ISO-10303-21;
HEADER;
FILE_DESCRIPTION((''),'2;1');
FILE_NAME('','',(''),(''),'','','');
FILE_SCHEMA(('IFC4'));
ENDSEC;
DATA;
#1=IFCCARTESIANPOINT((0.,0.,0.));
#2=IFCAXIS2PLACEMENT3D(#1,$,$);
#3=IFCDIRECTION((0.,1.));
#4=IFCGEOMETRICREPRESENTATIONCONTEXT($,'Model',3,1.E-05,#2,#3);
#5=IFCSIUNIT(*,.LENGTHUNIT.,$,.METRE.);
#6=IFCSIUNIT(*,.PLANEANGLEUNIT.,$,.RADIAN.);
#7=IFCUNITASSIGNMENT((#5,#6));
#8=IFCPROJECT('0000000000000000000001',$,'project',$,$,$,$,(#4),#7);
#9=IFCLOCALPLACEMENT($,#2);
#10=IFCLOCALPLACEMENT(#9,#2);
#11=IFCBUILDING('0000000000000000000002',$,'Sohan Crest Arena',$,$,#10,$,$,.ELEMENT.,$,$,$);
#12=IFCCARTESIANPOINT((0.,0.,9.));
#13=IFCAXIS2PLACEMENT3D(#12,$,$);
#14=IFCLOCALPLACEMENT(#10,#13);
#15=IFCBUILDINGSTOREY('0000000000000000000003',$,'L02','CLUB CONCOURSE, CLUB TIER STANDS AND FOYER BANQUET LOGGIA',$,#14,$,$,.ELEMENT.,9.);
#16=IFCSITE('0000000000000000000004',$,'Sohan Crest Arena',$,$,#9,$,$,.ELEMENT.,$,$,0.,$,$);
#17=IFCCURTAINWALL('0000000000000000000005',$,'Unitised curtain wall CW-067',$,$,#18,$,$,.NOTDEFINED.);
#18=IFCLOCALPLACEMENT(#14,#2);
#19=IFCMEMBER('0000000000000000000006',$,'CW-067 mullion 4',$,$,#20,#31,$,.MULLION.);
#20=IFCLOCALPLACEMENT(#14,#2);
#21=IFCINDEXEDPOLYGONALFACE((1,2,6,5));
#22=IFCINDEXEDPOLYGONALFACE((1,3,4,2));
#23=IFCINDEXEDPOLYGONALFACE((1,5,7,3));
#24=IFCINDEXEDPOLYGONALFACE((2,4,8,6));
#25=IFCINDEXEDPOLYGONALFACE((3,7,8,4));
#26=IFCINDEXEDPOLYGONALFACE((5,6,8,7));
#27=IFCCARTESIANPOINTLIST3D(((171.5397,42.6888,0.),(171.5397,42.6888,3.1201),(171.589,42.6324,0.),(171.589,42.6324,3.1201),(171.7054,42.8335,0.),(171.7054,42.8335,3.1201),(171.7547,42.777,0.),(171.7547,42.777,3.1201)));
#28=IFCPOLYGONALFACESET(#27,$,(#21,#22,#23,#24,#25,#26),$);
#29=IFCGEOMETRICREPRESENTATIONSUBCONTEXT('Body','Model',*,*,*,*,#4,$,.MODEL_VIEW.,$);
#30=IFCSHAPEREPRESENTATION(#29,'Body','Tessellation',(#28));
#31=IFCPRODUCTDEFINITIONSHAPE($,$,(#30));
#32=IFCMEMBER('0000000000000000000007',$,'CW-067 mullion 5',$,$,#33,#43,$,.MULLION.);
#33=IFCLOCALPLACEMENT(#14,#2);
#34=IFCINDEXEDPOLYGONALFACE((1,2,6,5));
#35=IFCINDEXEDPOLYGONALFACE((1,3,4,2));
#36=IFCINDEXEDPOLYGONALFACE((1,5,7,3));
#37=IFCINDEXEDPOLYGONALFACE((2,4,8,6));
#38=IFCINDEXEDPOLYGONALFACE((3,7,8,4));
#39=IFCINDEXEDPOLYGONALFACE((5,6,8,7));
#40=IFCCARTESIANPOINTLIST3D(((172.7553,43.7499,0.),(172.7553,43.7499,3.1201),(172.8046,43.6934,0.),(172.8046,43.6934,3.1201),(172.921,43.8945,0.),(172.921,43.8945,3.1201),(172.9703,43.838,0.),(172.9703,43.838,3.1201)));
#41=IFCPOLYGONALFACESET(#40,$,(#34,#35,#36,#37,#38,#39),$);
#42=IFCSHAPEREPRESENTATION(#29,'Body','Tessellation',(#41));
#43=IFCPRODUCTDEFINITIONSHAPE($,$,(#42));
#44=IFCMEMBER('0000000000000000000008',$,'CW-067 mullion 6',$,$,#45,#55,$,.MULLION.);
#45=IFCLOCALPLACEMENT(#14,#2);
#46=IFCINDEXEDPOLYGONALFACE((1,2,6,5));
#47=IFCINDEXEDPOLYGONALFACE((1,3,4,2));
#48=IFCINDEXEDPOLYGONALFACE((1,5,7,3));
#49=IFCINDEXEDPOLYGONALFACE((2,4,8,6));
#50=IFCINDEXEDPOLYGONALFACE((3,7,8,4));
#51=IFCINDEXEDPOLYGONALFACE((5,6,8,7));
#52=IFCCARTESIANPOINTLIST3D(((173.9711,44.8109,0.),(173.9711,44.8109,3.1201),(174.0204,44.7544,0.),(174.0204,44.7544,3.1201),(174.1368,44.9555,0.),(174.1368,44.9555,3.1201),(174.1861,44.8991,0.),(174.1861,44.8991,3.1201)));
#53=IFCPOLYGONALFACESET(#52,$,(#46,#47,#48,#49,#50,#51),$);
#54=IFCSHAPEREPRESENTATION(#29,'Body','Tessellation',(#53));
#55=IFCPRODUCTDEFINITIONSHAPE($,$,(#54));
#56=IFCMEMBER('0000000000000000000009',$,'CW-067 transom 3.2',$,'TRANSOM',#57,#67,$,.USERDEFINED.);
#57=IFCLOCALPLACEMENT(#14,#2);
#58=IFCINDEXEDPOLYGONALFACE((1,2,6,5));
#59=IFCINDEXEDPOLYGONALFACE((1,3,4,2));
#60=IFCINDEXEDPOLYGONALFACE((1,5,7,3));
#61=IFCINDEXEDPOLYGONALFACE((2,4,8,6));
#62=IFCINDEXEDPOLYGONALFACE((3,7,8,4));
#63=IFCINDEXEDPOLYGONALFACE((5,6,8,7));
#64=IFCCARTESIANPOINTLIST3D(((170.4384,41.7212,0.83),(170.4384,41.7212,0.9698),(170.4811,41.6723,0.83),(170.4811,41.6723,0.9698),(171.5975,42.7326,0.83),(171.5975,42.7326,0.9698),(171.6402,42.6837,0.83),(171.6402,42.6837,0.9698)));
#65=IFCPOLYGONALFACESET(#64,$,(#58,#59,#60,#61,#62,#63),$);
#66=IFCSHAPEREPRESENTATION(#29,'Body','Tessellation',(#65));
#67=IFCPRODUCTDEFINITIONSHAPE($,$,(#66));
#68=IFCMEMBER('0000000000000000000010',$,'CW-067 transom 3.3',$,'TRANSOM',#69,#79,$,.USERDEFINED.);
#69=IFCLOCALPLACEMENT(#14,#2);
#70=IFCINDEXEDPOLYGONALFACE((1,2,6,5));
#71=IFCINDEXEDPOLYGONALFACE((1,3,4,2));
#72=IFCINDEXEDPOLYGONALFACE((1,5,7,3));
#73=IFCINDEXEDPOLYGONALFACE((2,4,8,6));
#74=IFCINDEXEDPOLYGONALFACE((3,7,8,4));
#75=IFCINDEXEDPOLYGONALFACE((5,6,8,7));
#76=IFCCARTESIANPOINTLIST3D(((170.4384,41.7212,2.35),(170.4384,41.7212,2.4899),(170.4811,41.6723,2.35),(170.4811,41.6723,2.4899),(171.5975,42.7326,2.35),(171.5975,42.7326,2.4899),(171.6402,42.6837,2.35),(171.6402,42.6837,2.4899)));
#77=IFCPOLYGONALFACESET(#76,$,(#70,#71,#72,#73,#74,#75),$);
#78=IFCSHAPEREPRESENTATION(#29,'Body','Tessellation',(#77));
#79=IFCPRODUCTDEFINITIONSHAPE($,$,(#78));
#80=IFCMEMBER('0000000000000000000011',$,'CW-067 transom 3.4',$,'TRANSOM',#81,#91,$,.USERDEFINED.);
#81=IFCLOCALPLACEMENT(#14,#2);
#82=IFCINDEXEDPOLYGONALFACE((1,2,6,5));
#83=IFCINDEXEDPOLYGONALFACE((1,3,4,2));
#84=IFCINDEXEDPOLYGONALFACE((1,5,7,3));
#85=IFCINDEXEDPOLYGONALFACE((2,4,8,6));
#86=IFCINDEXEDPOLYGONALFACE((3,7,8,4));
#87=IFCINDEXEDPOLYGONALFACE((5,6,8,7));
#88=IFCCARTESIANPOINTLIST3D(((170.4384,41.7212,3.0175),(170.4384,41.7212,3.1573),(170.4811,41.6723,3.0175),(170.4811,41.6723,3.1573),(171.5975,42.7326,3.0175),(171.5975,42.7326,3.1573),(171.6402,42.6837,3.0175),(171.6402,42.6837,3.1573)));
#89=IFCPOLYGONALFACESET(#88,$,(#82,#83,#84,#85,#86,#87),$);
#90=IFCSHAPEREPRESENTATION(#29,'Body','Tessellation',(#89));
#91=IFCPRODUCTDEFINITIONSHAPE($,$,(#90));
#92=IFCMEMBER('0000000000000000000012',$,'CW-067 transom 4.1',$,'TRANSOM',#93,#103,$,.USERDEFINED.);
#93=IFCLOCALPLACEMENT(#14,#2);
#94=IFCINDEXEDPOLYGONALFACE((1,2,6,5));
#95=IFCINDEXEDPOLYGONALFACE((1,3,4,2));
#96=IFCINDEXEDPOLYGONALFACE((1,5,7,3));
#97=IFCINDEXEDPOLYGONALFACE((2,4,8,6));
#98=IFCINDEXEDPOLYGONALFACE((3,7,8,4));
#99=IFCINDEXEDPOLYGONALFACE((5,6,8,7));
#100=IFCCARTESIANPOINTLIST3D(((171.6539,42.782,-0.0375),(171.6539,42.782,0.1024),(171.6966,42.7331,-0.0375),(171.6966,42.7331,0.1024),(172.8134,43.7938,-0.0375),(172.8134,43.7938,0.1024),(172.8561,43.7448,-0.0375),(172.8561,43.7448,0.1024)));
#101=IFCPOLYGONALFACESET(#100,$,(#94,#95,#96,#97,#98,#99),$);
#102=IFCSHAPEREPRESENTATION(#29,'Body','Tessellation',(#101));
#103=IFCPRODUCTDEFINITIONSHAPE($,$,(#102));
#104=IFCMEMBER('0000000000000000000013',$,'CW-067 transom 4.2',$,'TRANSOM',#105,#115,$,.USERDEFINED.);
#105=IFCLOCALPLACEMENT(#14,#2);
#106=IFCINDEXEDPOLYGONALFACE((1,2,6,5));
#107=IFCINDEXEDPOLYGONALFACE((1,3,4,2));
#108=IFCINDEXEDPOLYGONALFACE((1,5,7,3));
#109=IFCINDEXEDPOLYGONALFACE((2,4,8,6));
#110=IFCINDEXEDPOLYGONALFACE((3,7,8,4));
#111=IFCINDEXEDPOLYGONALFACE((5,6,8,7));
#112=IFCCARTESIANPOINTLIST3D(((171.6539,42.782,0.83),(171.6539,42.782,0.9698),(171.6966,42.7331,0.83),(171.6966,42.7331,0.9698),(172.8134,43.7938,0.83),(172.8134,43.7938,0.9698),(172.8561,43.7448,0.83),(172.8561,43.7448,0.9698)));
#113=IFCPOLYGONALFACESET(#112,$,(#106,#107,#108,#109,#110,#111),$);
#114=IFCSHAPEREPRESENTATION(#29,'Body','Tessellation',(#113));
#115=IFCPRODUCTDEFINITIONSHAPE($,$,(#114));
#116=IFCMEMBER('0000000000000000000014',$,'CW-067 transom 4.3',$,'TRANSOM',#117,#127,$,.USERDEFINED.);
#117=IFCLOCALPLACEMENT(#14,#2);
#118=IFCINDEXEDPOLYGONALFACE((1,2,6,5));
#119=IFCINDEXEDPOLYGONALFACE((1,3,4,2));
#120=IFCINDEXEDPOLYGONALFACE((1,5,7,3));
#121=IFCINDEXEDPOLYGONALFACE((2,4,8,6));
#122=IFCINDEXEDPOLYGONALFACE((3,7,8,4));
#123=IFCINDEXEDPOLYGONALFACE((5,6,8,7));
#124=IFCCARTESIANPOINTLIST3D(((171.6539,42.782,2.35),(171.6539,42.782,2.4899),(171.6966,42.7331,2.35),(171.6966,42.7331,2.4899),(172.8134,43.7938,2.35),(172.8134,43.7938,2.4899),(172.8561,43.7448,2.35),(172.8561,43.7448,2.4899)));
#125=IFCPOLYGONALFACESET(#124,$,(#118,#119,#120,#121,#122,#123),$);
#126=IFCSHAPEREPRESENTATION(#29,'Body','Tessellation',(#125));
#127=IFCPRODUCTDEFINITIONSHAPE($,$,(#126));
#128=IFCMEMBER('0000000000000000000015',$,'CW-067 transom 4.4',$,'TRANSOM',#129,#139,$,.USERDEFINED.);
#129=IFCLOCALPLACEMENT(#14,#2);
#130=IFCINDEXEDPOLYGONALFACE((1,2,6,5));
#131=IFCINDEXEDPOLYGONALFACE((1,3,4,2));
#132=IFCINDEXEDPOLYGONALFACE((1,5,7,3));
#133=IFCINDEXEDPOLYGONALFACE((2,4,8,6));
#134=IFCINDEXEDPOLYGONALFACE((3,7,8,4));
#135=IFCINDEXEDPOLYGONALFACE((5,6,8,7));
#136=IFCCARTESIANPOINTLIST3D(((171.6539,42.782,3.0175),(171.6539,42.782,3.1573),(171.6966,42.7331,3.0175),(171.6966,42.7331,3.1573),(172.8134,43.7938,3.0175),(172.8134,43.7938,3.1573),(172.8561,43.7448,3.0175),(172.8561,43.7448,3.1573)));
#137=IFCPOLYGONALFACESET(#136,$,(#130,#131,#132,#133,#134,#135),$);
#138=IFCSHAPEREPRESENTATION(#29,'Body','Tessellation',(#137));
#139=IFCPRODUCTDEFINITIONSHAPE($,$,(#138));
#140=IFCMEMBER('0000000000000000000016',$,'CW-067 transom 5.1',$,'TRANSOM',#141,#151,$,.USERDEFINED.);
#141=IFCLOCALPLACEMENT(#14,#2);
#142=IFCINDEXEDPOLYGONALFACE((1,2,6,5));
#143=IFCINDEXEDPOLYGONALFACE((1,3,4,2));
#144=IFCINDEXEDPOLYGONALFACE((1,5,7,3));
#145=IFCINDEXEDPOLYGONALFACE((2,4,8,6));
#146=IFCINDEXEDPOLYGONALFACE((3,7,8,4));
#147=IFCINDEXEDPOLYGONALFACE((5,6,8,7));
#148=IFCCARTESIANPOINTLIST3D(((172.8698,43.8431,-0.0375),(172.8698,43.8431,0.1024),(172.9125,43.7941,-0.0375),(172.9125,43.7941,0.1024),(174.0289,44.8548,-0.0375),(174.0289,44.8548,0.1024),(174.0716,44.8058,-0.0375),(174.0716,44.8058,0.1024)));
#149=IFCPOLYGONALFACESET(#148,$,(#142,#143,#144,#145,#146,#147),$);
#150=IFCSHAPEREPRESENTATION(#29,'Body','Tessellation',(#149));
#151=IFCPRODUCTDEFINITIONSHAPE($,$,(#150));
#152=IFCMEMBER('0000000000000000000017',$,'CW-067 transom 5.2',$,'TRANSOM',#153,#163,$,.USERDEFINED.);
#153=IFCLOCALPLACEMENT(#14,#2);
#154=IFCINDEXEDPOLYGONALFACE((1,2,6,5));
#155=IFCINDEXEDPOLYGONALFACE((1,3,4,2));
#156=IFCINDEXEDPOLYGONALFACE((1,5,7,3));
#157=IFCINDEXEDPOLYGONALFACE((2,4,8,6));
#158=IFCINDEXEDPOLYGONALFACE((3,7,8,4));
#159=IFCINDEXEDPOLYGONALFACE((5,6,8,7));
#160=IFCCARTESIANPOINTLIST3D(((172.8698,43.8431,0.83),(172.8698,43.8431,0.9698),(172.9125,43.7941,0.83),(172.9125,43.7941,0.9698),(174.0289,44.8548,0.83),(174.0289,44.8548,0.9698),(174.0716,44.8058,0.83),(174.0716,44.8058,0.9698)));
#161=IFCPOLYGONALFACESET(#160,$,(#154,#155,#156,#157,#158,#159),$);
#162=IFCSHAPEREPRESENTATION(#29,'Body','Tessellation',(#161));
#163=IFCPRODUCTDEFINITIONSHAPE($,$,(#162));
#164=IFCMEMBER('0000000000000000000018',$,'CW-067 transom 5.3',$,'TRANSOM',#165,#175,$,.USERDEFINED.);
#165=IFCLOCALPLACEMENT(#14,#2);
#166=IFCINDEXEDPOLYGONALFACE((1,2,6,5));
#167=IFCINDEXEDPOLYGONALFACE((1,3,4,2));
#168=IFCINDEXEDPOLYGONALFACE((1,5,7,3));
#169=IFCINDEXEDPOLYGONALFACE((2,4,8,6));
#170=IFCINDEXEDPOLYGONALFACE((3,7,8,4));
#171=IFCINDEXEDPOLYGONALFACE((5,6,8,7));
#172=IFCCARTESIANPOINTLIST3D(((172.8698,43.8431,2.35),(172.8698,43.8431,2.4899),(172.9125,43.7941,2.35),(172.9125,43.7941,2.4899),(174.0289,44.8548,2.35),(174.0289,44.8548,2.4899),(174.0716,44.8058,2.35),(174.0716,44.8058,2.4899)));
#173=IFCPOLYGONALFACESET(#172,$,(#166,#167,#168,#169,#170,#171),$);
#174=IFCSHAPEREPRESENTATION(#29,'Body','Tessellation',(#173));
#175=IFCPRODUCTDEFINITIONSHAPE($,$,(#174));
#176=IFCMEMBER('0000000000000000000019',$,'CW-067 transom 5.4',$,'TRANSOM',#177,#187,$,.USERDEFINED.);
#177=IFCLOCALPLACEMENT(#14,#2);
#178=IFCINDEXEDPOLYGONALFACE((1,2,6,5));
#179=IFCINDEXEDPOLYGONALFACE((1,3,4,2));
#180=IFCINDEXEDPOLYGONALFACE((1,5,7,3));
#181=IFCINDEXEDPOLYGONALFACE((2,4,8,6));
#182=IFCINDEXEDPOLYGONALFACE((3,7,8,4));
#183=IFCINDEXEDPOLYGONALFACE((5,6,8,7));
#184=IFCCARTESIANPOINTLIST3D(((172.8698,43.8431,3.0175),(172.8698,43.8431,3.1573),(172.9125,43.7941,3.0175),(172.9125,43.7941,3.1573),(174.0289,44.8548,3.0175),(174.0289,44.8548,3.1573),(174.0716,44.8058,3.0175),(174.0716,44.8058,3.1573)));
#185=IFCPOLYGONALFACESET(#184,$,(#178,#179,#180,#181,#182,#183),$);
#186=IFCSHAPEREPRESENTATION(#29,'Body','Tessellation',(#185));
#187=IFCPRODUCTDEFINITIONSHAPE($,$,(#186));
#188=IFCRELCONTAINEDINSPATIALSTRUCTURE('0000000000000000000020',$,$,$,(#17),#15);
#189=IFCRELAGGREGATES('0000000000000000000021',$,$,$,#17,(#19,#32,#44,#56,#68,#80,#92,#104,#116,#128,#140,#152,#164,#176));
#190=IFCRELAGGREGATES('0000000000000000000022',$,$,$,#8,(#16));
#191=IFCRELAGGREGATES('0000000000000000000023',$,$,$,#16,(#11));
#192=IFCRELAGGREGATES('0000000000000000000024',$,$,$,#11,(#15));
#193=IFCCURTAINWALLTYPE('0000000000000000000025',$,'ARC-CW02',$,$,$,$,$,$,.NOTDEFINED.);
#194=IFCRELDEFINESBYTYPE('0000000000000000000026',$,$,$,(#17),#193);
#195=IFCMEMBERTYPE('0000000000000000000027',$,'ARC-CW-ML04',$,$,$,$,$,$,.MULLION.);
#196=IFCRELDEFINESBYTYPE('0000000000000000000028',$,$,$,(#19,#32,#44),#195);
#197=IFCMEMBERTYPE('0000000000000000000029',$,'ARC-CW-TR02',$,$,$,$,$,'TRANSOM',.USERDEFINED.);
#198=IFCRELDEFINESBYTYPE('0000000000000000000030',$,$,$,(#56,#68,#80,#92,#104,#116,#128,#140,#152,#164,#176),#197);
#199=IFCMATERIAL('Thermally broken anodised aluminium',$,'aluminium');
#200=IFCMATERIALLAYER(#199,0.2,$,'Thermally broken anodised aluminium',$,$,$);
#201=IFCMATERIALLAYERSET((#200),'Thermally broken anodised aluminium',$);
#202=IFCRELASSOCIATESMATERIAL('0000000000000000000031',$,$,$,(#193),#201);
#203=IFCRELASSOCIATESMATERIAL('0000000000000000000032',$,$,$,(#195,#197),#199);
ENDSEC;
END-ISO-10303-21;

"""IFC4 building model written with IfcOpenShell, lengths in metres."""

from ifc_helpers import new_model, si_unit, direction, frame, origin, origin_2d, place, context, subcontext, project, spatial, rectangle, extrude, material, layer, layer_set, material_profile, profile_set, type_object, element, aggregate, save


model = new_model("IFC4")

# Units and contexts
model_context = context("Model", 3, precision=1e-05, world=origin(), true_north=direction((0.0, 1.0)))
body_context = subcontext(model_context, "Body", "Model", "MODEL_VIEW")
ifc_project = project(units=[si_unit("LENGTHUNIT", "METRE"), si_unit("PLANEANGLEUNIT", "RADIAN")], contexts=[model_context])

# Site, building, storey
site_placement = place(None, origin())
site = spatial("IfcSite", under=ifc_project, at=site_placement, Name="Sohan Crest Arena", CompositionType="ELEMENT", RefElevation=0.0)
building_placement = place(site_placement, origin())
building = spatial("IfcBuilding", under=site, at=building_placement, Name="Sohan Crest Arena", CompositionType="ELEMENT")
storey_placement = place(building_placement, frame((0.0, 0.0, 9.0)))
storey = spatial("IfcBuildingStorey", under=building, at=storey_placement, Name="L02", Description="CLUB CONCOURSE, CLUB TIER STANDS AND FOYER BANQUET LOGGIA", CompositionType="ELEMENT", Elevation=9.0)

# Curtain wall, members
ifc_material_1 = material(Name="Thermally broken anodised aluminium", Category="aluminium")
ifc_layer_1 = layer(ifc_material_1, 0.2, Name="Thermally broken anodised aluminium")
ifc_layer_set_1 = layer_set([ifc_layer_1], Name="Thermally broken anodised aluminium")
curtain_wall_type = type_object("IfcCurtainWallType", Name="ARC-CW02", PredefinedType="NOTDEFINED", material=ifc_layer_set_1)
curtain_wall_placement = place(storey_placement, origin())
curtain_wall = element("IfcCurtainWall", 1, at=curtain_wall_placement, inside=storey, type_object=curtain_wall_type, Name="Unitised curtain wall CW-067", PredefinedType="NOTDEFINED")
ifc_material_profile_1 = material_profile(ifc_material_1, rectangle(XDim=0.075, YDim=0.22, at=origin_2d()), Name="ALU-MULL 75x220")
ifc_profile_set_1 = profile_set([ifc_material_profile_1], Name="Thermally broken anodised aluminium")
member_type_1 = type_object("IfcMemberType", Name="ARC-CW-ML04", PredefinedType="MULLION", material=ifc_profile_set_1)
member_1_placement = place(storey_placement, frame((171.6472, 42.7329, 0.0), z_axis=(0.0, 0.0, 1.0), x_axis=(-0.657539, 0.753421, 0.0)))
member_1 = element("IfcMember", 2, at=member_1_placement, type_object=member_type_1, Name="CW-067 mullion 4", PredefinedType="MULLION", context=body_context, shape_type="SweptSolid", body=[
    extrude(rectangle(XDim=0.075, YDim=0.22, at=origin_2d()), origin(), (0.0, 0.0, 1.0), 3.1201),
])
member_2_placement = place(storey_placement, frame((172.8628, 43.7939, 0.0), z_axis=(0.0, 0.0, 1.0), x_axis=(-0.657539, 0.753421, 0.0)))
member_2 = element("IfcMember", 3, at=member_2_placement, type_object=member_type_1, Name="CW-067 mullion 5", PredefinedType="MULLION", context=body_context, shape_type="SweptSolid", body=[
    extrude(rectangle(XDim=0.075, YDim=0.22, at=origin_2d()), origin(), (0.0, 0.0, 1.0), 3.1201),
])
member_3_placement = place(storey_placement, frame((174.0786, 44.855, 0.0), z_axis=(0.0, 0.0, 1.0), x_axis=(-0.657539, 0.753421, 0.0)))
member_3 = element("IfcMember", 4, at=member_3_placement, type_object=member_type_1, Name="CW-067 mullion 6", PredefinedType="MULLION", context=body_context, shape_type="SweptSolid", body=[
    extrude(rectangle(XDim=0.075, YDim=0.22, at=origin_2d()), origin(), (0.0, 0.0, 1.0), 3.1201),
])
ifc_material_profile_2 = material_profile(ifc_material_1, rectangle(XDim=0.0649, YDim=0.1399, at=origin_2d()), Name="ALU-TRAN 65x140")
ifc_profile_set_2 = profile_set([ifc_material_profile_2], Name="Thermally broken anodised aluminium")
member_type_2 = type_object("IfcMemberType", Name="ARC-CW-TR02", ElementType="TRANSOM", PredefinedType="USERDEFINED", material=ifc_profile_set_2)
member_4_placement = place(storey_placement, frame((170.4597, 41.6968, 0.8999), z_axis=(0.75348, 0.65747, 0.0), x_axis=(-0.65747, 0.75348, 0.0)))
member_4 = element("IfcMember", 5, at=member_4_placement, type_object=member_type_2, Name="CW-067 transom 3.2", ObjectType="TRANSOM", PredefinedType="USERDEFINED", context=body_context, shape_type="SweptSolid", body=[
    extrude(rectangle(XDim=0.0649, YDim=0.1399, at=origin_2d()), origin(), (0.0, 0.0, 1.0), 1.5383),
])
member_5_placement = place(storey_placement, frame((170.4597, 41.6968, 2.4199), z_axis=(0.75348, 0.65747, 0.0), x_axis=(-0.65747, 0.75348, 0.0)))
member_5 = element("IfcMember", 6, at=member_5_placement, type_object=member_type_2, Name="CW-067 transom 3.3", ObjectType="TRANSOM", PredefinedType="USERDEFINED", context=body_context, shape_type="SweptSolid", body=[
    extrude(rectangle(XDim=0.0649, YDim=0.1399, at=origin_2d()), origin(), (0.0, 0.0, 1.0), 1.5383),
])
member_6_placement = place(storey_placement, frame((170.4597, 41.6968, 3.0874), z_axis=(0.75348, 0.65747, 0.0), x_axis=(-0.65747, 0.75348, 0.0)))
member_6 = element("IfcMember", 7, at=member_6_placement, type_object=member_type_2, Name="CW-067 transom 3.4", ObjectType="TRANSOM", PredefinedType="USERDEFINED", context=body_context, shape_type="SweptSolid", body=[
    extrude(rectangle(XDim=0.0649, YDim=0.1399, at=origin_2d()), origin(), (0.0, 0.0, 1.0), 1.5383),
])
member_7_placement = place(storey_placement, frame((171.6753, 42.7576, 0.0325), z_axis=(0.75347, 0.657482, 0.0), x_axis=(-0.657482, 0.75347, 0.0)))
member_7 = element("IfcMember", 8, at=member_7_placement, type_object=member_type_2, Name="CW-067 transom 4.1", ObjectType="TRANSOM", PredefinedType="USERDEFINED", context=body_context, shape_type="SweptSolid", body=[
    extrude(rectangle(XDim=0.0649, YDim=0.1399, at=origin_2d()), origin(), (0.0, 0.0, 1.0), 1.5388),
])
member_8_placement = place(storey_placement, frame((171.6753, 42.7576, 0.8999), z_axis=(0.75347, 0.657482, 0.0), x_axis=(-0.657482, 0.75347, 0.0)))
member_8 = element("IfcMember", 9, at=member_8_placement, type_object=member_type_2, Name="CW-067 transom 4.2", ObjectType="TRANSOM", PredefinedType="USERDEFINED", context=body_context, shape_type="SweptSolid", body=[
    extrude(rectangle(XDim=0.0649, YDim=0.1399, at=origin_2d()), origin(), (0.0, 0.0, 1.0), 1.5388),
])
member_9_placement = place(storey_placement, frame((171.6753, 42.7576, 2.4199), z_axis=(0.75347, 0.657482, 0.0), x_axis=(-0.657482, 0.75347, 0.0)))
member_9 = element("IfcMember", 10, at=member_9_placement, type_object=member_type_2, Name="CW-067 transom 4.3", ObjectType="TRANSOM", PredefinedType="USERDEFINED", context=body_context, shape_type="SweptSolid", body=[
    extrude(rectangle(XDim=0.0649, YDim=0.1399, at=origin_2d()), origin(), (0.0, 0.0, 1.0), 1.5388),
])
member_10_placement = place(storey_placement, frame((171.6753, 42.7576, 3.0874), z_axis=(0.75347, 0.657482, 0.0), x_axis=(-0.657482, 0.75347, 0.0)))
member_10 = element("IfcMember", 11, at=member_10_placement, type_object=member_type_2, Name="CW-067 transom 4.4", ObjectType="TRANSOM", PredefinedType="USERDEFINED", context=body_context, shape_type="SweptSolid", body=[
    extrude(rectangle(XDim=0.0649, YDim=0.1399, at=origin_2d()), origin(), (0.0, 0.0, 1.0), 1.5388),
])
member_11_placement = place(storey_placement, frame((172.8911, 43.8186, 0.0325), z_axis=(0.753402, 0.65756, 0.0), x_axis=(-0.65756, 0.753402, 0.0)))
member_11 = element("IfcMember", 12, at=member_11_placement, type_object=member_type_2, Name="CW-067 transom 5.1", ObjectType="TRANSOM", PredefinedType="USERDEFINED", context=body_context, shape_type="SweptSolid", body=[
    extrude(rectangle(XDim=0.0649, YDim=0.1399, at=origin_2d()), origin(), (0.0, 0.0, 1.0), 1.5386),
])
member_12_placement = place(storey_placement, frame((172.8911, 43.8186, 0.8999), z_axis=(0.753402, 0.65756, 0.0), x_axis=(-0.65756, 0.753402, 0.0)))
member_12 = element("IfcMember", 13, at=member_12_placement, type_object=member_type_2, Name="CW-067 transom 5.2", ObjectType="TRANSOM", PredefinedType="USERDEFINED", context=body_context, shape_type="SweptSolid", body=[
    extrude(rectangle(XDim=0.0649, YDim=0.1399, at=origin_2d()), origin(), (0.0, 0.0, 1.0), 1.5386),
])
member_13_placement = place(storey_placement, frame((172.8911, 43.8186, 2.4199), z_axis=(0.753402, 0.65756, 0.0), x_axis=(-0.65756, 0.753402, 0.0)))
member_13 = element("IfcMember", 14, at=member_13_placement, type_object=member_type_2, Name="CW-067 transom 5.3", ObjectType="TRANSOM", PredefinedType="USERDEFINED", context=body_context, shape_type="SweptSolid", body=[
    extrude(rectangle(XDim=0.0649, YDim=0.1399, at=origin_2d()), origin(), (0.0, 0.0, 1.0), 1.5386),
])
member_14_placement = place(storey_placement, frame((172.8911, 43.8186, 3.0874), z_axis=(0.753402, 0.65756, 0.0), x_axis=(-0.65756, 0.753402, 0.0)))
member_14 = element("IfcMember", 15, at=member_14_placement, type_object=member_type_2, Name="CW-067 transom 5.4", ObjectType="TRANSOM", PredefinedType="USERDEFINED", context=body_context, shape_type="SweptSolid", body=[
    extrude(rectangle(XDim=0.0649, YDim=0.1399, at=origin_2d()), origin(), (0.0, 0.0, 1.0), 1.5386),
])
aggregate(curtain_wall, [member_1, member_2, member_3, member_4, member_5, member_6, member_7, member_8, member_9, member_10, member_11, member_12, member_13, member_14])

save(model, "model.ifc")
